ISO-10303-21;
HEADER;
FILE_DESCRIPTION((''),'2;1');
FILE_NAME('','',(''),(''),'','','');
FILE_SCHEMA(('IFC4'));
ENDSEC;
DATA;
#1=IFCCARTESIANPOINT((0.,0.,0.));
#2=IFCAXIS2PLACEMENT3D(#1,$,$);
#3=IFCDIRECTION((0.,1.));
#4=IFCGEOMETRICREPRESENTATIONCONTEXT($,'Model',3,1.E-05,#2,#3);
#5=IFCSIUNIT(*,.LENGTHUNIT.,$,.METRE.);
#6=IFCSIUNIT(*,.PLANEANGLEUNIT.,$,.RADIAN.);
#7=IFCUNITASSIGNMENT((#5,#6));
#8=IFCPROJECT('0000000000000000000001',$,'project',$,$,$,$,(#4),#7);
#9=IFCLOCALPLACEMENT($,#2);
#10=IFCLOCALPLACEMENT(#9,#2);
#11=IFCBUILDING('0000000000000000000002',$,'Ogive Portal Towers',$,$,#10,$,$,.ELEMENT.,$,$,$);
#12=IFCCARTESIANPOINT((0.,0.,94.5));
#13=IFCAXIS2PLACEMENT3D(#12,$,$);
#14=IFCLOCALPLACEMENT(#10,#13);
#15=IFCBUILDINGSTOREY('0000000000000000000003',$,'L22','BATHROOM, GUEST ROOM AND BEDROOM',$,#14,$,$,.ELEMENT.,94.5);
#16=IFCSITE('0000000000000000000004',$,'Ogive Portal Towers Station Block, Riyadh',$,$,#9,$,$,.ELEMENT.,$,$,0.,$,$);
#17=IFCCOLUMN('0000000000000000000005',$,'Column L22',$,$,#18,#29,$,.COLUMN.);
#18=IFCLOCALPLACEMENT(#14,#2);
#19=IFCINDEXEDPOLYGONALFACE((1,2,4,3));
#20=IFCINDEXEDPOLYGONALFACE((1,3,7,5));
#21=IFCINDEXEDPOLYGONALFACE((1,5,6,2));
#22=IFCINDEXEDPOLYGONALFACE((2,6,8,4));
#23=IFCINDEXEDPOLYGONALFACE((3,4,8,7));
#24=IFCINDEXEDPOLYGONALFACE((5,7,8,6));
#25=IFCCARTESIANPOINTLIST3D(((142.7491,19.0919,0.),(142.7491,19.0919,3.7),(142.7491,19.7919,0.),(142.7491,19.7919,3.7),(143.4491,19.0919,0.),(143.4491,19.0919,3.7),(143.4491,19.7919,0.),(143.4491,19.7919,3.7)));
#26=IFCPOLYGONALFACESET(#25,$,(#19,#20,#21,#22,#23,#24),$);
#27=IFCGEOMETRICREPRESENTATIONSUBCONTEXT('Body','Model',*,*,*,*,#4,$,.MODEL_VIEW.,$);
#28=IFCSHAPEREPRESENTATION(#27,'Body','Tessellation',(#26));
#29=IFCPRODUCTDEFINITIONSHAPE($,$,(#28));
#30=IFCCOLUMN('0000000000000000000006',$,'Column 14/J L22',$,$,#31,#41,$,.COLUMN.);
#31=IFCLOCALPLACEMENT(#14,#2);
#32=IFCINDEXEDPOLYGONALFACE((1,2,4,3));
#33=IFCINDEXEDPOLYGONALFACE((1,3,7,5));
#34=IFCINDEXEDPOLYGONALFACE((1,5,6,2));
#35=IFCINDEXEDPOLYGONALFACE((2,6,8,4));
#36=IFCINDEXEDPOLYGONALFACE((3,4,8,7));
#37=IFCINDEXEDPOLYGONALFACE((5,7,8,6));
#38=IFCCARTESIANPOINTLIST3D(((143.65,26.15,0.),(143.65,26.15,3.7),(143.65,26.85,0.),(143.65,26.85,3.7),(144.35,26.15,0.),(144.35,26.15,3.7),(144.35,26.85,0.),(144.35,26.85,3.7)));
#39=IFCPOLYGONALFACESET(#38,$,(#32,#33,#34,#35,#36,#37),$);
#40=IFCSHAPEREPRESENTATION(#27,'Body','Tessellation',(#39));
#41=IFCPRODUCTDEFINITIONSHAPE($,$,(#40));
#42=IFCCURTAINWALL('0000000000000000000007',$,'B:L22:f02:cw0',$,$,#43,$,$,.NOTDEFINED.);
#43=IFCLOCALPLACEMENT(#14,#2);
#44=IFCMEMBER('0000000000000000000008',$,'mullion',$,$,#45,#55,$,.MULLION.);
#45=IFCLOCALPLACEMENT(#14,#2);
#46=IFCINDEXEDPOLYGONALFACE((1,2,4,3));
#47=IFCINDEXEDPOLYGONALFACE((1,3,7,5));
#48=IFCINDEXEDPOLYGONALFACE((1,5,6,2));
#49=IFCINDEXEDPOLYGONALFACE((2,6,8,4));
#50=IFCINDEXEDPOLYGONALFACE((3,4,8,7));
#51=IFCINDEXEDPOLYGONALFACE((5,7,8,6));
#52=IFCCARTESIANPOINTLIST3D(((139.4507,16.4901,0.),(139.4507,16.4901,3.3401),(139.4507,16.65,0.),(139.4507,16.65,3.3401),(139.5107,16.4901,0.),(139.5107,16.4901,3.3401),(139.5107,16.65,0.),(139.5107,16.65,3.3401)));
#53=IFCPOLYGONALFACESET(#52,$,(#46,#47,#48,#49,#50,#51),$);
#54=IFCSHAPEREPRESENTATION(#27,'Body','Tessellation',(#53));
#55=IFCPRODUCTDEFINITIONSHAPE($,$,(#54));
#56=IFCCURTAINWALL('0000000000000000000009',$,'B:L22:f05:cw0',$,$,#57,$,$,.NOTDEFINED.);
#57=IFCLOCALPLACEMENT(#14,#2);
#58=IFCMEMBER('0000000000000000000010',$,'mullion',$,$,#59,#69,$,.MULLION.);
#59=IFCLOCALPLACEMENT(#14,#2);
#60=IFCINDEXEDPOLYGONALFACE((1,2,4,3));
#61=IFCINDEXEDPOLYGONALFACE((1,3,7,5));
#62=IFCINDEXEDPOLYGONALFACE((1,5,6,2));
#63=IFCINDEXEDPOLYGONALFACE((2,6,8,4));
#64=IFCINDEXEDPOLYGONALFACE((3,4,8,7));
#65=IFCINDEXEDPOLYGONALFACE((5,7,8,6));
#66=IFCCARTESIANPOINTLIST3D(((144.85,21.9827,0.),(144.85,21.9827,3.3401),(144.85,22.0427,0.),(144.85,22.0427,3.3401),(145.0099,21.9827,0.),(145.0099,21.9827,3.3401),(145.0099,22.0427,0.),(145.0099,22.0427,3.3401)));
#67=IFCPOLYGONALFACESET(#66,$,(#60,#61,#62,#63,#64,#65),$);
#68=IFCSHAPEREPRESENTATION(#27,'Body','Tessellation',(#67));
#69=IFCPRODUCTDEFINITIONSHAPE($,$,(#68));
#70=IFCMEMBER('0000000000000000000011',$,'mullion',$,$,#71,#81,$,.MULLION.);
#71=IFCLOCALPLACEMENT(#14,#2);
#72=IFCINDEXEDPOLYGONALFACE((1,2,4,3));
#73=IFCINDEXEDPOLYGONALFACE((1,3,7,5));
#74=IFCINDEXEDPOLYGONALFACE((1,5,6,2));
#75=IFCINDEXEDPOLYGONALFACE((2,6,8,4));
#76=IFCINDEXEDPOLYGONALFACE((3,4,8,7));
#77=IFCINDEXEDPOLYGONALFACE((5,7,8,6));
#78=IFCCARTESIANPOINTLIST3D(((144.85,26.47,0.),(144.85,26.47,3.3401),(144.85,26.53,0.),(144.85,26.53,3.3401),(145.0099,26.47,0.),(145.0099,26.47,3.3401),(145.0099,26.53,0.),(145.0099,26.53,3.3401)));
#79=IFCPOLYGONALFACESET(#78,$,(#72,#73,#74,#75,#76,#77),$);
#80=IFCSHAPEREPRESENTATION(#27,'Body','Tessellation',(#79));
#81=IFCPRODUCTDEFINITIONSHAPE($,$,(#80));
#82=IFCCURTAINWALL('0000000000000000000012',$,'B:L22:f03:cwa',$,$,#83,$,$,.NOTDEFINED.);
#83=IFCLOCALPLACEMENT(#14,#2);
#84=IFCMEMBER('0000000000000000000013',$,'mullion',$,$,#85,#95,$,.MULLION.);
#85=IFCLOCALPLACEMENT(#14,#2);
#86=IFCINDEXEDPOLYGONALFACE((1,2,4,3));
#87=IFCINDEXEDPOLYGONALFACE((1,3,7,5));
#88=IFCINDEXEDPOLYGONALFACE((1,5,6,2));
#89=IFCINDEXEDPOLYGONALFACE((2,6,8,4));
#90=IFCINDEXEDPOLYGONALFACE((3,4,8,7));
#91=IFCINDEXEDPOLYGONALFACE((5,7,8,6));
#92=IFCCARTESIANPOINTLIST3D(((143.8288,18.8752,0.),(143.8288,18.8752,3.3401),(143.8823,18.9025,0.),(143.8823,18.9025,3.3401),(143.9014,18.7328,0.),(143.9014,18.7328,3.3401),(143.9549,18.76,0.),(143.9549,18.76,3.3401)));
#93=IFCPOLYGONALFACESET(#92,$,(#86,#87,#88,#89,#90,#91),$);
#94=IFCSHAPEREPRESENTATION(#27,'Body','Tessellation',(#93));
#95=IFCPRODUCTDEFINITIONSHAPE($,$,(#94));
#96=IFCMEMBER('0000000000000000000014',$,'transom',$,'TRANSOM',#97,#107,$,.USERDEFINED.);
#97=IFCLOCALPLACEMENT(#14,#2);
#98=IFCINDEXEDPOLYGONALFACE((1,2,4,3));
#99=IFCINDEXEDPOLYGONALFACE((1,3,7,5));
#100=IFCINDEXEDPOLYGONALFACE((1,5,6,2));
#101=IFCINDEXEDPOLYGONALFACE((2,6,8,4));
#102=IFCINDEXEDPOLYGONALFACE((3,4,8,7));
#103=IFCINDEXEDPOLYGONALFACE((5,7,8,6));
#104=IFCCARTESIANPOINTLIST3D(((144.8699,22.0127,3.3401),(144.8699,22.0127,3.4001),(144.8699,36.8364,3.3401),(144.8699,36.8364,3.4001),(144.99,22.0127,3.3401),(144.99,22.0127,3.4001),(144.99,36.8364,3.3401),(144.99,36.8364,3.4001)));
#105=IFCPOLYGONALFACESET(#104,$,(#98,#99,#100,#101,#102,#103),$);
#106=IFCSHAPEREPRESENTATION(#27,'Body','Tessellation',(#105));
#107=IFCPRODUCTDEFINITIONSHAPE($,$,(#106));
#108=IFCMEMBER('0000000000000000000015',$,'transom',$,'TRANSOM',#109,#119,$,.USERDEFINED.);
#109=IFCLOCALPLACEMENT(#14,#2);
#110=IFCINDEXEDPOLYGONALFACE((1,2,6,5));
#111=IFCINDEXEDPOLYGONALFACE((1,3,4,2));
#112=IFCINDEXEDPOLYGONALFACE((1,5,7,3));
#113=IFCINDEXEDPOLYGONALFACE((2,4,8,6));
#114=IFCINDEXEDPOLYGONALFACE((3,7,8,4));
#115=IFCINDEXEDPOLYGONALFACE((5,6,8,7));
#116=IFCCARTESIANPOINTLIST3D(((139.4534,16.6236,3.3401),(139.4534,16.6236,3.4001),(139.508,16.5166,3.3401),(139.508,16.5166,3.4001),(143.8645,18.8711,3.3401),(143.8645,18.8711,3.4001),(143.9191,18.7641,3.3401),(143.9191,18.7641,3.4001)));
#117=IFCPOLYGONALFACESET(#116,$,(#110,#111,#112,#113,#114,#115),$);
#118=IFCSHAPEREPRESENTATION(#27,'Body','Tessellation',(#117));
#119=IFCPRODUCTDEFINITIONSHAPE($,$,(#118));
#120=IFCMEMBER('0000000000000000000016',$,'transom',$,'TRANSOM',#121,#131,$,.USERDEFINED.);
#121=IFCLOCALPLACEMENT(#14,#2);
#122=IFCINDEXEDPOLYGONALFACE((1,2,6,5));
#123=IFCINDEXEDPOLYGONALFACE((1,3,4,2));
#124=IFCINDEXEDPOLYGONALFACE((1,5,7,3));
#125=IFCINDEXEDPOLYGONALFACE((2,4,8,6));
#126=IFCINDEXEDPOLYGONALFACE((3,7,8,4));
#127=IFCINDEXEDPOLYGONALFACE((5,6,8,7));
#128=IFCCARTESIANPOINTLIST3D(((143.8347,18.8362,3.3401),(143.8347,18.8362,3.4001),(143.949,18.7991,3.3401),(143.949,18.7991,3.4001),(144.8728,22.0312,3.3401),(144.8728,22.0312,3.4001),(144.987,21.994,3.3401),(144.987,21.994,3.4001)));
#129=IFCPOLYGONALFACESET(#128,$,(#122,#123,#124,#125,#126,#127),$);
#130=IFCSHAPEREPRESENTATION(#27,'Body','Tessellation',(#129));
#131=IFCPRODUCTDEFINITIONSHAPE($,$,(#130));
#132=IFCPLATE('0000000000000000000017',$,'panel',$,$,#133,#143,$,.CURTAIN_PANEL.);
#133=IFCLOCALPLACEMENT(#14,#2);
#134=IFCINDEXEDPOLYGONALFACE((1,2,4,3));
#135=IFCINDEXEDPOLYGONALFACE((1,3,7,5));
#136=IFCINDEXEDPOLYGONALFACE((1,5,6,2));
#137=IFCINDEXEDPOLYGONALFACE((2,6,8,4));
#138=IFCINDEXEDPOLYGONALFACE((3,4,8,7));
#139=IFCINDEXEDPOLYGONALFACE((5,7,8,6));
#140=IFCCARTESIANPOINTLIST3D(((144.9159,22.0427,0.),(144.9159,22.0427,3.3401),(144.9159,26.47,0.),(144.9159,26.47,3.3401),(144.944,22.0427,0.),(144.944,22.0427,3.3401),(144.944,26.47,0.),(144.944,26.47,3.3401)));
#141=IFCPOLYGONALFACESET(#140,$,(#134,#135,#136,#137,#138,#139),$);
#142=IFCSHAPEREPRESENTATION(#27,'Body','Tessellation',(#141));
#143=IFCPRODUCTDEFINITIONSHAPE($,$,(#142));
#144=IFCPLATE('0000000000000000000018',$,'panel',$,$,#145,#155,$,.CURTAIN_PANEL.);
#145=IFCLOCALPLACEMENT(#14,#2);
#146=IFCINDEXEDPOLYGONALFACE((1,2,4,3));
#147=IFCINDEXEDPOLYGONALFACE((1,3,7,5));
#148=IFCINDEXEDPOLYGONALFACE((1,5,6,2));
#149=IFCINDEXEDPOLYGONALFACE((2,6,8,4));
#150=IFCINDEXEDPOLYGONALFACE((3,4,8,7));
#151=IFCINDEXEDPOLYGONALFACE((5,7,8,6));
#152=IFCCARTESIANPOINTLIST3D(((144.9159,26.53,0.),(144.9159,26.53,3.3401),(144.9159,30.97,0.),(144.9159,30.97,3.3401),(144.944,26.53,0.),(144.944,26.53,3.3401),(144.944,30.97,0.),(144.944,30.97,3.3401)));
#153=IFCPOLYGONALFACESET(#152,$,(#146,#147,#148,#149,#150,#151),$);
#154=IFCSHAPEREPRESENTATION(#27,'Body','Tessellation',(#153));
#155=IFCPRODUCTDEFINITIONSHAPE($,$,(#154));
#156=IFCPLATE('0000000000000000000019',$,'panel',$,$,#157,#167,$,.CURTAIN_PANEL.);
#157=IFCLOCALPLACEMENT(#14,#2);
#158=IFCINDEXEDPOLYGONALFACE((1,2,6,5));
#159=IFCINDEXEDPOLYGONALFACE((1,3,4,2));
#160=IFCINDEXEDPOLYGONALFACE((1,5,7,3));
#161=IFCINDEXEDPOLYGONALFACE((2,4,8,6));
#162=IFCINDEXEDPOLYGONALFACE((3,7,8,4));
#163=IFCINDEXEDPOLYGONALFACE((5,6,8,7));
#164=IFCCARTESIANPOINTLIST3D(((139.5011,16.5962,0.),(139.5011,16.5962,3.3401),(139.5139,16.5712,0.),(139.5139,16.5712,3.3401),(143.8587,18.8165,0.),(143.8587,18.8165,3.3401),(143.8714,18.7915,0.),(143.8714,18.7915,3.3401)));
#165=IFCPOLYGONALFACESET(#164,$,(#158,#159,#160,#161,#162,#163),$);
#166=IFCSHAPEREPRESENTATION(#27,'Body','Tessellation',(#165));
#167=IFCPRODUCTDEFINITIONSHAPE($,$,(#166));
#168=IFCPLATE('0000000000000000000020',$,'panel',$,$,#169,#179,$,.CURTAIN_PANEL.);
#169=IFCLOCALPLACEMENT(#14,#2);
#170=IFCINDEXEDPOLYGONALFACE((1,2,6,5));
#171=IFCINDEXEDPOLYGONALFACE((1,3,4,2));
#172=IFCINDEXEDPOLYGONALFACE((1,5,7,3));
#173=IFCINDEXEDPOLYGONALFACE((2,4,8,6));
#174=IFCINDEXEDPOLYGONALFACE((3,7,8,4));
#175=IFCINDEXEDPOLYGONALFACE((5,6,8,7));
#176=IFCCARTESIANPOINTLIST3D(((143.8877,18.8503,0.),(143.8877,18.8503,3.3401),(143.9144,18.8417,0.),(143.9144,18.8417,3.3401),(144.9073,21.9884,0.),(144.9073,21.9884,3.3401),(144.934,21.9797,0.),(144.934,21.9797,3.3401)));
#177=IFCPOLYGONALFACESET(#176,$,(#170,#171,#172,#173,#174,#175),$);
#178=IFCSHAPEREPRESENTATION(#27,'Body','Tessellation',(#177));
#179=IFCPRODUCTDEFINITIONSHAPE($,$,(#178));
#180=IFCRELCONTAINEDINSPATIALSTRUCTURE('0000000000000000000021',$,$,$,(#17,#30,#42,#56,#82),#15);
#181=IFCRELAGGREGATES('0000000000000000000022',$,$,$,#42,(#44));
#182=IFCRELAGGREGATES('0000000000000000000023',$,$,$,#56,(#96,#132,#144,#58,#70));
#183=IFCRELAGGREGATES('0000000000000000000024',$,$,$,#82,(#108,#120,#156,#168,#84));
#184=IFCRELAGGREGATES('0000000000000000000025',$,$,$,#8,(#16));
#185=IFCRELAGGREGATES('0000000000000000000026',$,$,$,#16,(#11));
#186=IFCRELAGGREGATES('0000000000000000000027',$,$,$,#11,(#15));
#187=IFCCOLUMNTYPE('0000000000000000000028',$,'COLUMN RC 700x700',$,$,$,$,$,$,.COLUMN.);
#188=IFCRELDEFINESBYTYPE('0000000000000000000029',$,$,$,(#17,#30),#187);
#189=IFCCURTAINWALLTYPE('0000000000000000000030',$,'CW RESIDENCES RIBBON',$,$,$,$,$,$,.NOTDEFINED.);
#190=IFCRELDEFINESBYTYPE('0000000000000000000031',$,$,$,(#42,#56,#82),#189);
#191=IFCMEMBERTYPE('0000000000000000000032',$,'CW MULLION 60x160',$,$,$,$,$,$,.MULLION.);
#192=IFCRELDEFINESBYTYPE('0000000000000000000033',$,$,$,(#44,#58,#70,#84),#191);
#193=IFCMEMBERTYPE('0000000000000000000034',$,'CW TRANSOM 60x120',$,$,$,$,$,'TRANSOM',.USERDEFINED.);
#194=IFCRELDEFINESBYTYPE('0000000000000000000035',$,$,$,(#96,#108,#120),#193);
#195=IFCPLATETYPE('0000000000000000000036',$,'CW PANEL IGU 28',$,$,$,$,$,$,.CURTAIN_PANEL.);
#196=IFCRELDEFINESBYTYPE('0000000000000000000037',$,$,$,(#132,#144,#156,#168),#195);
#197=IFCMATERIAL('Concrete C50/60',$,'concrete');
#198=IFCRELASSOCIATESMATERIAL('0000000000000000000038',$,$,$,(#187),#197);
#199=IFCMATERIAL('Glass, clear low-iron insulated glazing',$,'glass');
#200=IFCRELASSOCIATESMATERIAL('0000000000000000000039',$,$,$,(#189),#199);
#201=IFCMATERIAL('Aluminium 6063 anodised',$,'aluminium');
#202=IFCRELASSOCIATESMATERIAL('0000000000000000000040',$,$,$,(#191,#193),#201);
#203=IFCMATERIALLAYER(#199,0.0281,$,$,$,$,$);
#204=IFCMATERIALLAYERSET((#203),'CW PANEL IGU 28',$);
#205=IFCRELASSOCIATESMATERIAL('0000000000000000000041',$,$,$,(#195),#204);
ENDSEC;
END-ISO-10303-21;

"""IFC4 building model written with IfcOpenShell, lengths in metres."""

from ifc_helpers import new_model, si_unit, direction, frame, origin, origin_2d, place, context, subcontext, project, spatial, rectangle, extrude, material, layer, layer_set, material_profile, profile_set, type_object, element, aggregate, save


model = new_model("IFC4")

# Units and contexts
model_context = context("Model", 3, precision=1e-05, world=origin(), true_north=direction((0.0, 1.0)))
body_context = subcontext(model_context, "Body", "Model", "MODEL_VIEW")
ifc_project = project(units=[si_unit("LENGTHUNIT", "METRE"), si_unit("PLANEANGLEUNIT", "RADIAN")], contexts=[model_context])

# Site, building, storey
site_placement = place(None, origin())
site = spatial("IfcSite", under=ifc_project, at=site_placement, Name="Ogive Portal Towers Station Block, Riyadh", CompositionType="ELEMENT", RefElevation=0.0)
building_placement = place(site_placement, origin())
building = spatial("IfcBuilding", under=site, at=building_placement, Name="Ogive Portal Towers", CompositionType="ELEMENT")
storey_placement = place(building_placement, frame((0.0, 0.0, 94.5)))
storey = spatial("IfcBuildingStorey", under=building, at=storey_placement, Name="L22", Description="BATHROOM, GUEST ROOM AND BEDROOM", CompositionType="ELEMENT", Elevation=94.5)

# Columns
ifc_material_1 = material(Name="Concrete C50/60", Category="concrete")
ifc_material_profile_1 = material_profile(ifc_material_1, rectangle(XDim=0.7, YDim=0.7, at=origin_2d()), Name="RC 700x700")
ifc_profile_set_1 = profile_set([ifc_material_profile_1], Name="Concrete C50/60")
column_type = type_object("IfcColumnType", Name="COLUMN RC 700x700", PredefinedType="COLUMN", material=ifc_profile_set_1)
for number, where, z_axis, x_axis, name in (
    (1, (143.0991, 19.4419, 0.0), (0.0, 0.0, 1.0), (1.0, 0.0, 0.0), "Column L22"),
    (2, (144.0, 26.5, 0.0), (0.0, 0.0, 1.0), (1.0, 0.0, 0.0), "Column 14/J L22"),
):
    element("IfcColumn", number, at=place(storey_placement, frame(where, z_axis=z_axis, x_axis=x_axis)), inside=storey, type_object=column_type, Name=name, PredefinedType="COLUMN", context=body_context, shape_type="SweptSolid", body=[
        extrude(rectangle(XDim=0.7, YDim=0.7, at=origin_2d()), origin(), (0.0, 0.0, 1.0), 3.7),
    ])

# Curtain wall, member
ifc_material_2 = material(Name="Glass, clear low-iron insulated glazing", Category="glass")
curtain_wall_type = type_object("IfcCurtainWallType", Name="CW RESIDENCES RIBBON", PredefinedType="NOTDEFINED", material=ifc_material_2)
curtain_wall_1_placement = place(storey_placement, origin())
curtain_wall_1 = element("IfcCurtainWall", 3, at=curtain_wall_1_placement, inside=storey, type_object=curtain_wall_type, Name="B:L22:f02:cw0", PredefinedType="NOTDEFINED")
ifc_material_3 = material(Name="Aluminium 6063 anodised", Category="aluminium")
ifc_material_profile_2 = material_profile(ifc_material_3, rectangle(XDim=0.1599, YDim=0.0601, at=origin_2d()), Name="AL 60x160")
ifc_profile_set_2 = profile_set([ifc_material_profile_2], Name="Aluminium 6063 anodised")
member_type_1 = type_object("IfcMemberType", Name="CW MULLION 60x160", PredefinedType="MULLION", material=ifc_profile_set_2)
member_1_placement = place(storey_placement, frame((139.4807, 16.5701, 0.0), z_axis=(0.0, 0.0, 1.0), x_axis=(0.0, 1.0, 0.0)))
member_1 = element("IfcMember", 4, at=member_1_placement, type_object=member_type_1, Name="mullion", PredefinedType="MULLION", context=body_context, shape_type="SweptSolid", body=[
    extrude(rectangle(XDim=0.1599, YDim=0.0601, at=origin_2d()), origin(), (0.0, 0.0, 1.0), 3.3401),
])
aggregate(curtain_wall_1, [member_1])

# Curtain wall, members
curtain_wall_2_placement = place(storey_placement, origin())
curtain_wall_2 = element("IfcCurtainWall", 5, at=curtain_wall_2_placement, inside=storey, type_object=curtain_wall_type, Name="B:L22:f05:cw0", PredefinedType="NOTDEFINED")
member_2_placement = place(storey_placement, frame((144.9299, 22.0127, 0.0), z_axis=(0.0, 0.0, 1.0), x_axis=(-1.0, 0.0, 0.0)))
member_2 = element("IfcMember", 6, at=member_2_placement, type_object=member_type_1, Name="mullion", PredefinedType="MULLION", context=body_context, shape_type="SweptSolid", body=[
    extrude(rectangle(XDim=0.1599, YDim=0.0601, at=origin_2d()), origin(), (0.0, 0.0, 1.0), 3.3401),
])
member_3_placement = place(storey_placement, frame((144.9299, 26.5, 0.0), z_axis=(0.0, 0.0, 1.0), x_axis=(-1.0, 0.0, 0.0)))
member_3 = element("IfcMember", 7, at=member_3_placement, type_object=member_type_1, Name="mullion", PredefinedType="MULLION", context=body_context, shape_type="SweptSolid", body=[
    extrude(rectangle(XDim=0.1599, YDim=0.0601, at=origin_2d()), origin(), (0.0, 0.0, 1.0), 3.3401),
])

# Curtain wall, member
curtain_wall_3_placement = place(storey_placement, origin())
curtain_wall_3 = element("IfcCurtainWall", 8, at=curtain_wall_3_placement, inside=storey, type_object=curtain_wall_type, Name="B:L22:f03:cwa", PredefinedType="NOTDEFINED")
member_4_placement = place(storey_placement, frame((143.8918, 18.8176, 0.0), z_axis=(0.0, 0.0, 1.0), x_axis=(-0.45399, 0.891007, 0.0)))
member_4 = element("IfcMember", 9, at=member_4_placement, type_object=member_type_1, Name="mullion", PredefinedType="MULLION", context=body_context, shape_type="SweptSolid", body=[
    extrude(rectangle(XDim=0.1599, YDim=0.0601, at=origin_2d()), origin(), (0.0, 0.0, 1.0), 3.3401),
])

# Members
ifc_material_profile_3 = material_profile(ifc_material_3, rectangle(XDim=0.1201, YDim=0.0601, at=origin_2d()), Name="AL 120x60")
ifc_profile_set_3 = profile_set([ifc_material_profile_3], Name="Aluminium 6063 anodised")
member_type_2 = type_object("IfcMemberType", Name="CW TRANSOM 60x120", ElementType="TRANSOM", PredefinedType="USERDEFINED", material=ifc_profile_set_3)
member_5_placement = place(storey_placement, frame((144.9299, 22.0127, 3.3701), z_axis=(0.0, 1.0, 0.0), x_axis=(-1.0, 0.0, 0.0)))
member_5 = element("IfcMember", 10, at=member_5_placement, type_object=member_type_2, Name="transom", ObjectType="TRANSOM", PredefinedType="USERDEFINED", context=body_context, shape_type="SweptSolid", body=[
    extrude(rectangle(XDim=0.1201, YDim=0.0601, at=origin_2d()), origin(), (0.0, 0.0, 1.0), 14.8237),
])
member_6_placement = place(storey_placement, frame((139.4807, 16.5701, 3.3701), z_axis=(0.891009, 0.453986, 0.0), x_axis=(-0.453986, 0.891009, 0.0)))
member_6 = element("IfcMember", 11, at=member_6_placement, type_object=member_type_2, Name="transom", ObjectType="TRANSOM", PredefinedType="USERDEFINED", context=body_context, shape_type="SweptSolid", body=[
    extrude(rectangle(XDim=0.1201, YDim=0.0601, at=origin_2d()), origin(), (0.0, 0.0, 1.0), 4.9507),
])
member_7_placement = place(storey_placement, frame((143.8918, 18.8176, 3.3701), z_axis=(0.309002, 0.951061, 0.0), x_axis=(-0.951061, 0.309002, 0.0)))
member_7 = element("IfcMember", 12, at=member_7_placement, type_object=member_type_2, Name="transom", ObjectType="TRANSOM", PredefinedType="USERDEFINED", context=body_context, shape_type="SweptSolid", body=[
    extrude(rectangle(XDim=0.1201, YDim=0.0601, at=origin_2d()), origin(), (0.0, 0.0, 1.0), 3.3594),
])

# Plates
ifc_layer_1 = layer(ifc_material_2, 0.0281)
ifc_layer_set_1 = layer_set([ifc_layer_1], Name="CW PANEL IGU 28")
plate_type = type_object("IfcPlateType", Name="CW PANEL IGU 28", PredefinedType="CURTAIN_PANEL", material=ifc_layer_set_1)
plate_1_placement = place(storey_placement, frame((144.9299, 24.2563, 0.0), z_axis=(0.0, 0.0, 1.0), x_axis=(0.0, 1.0, 0.0)))
plate_1 = element("IfcPlate", 13, at=plate_1_placement, type_object=plate_type, Name="panel", PredefinedType="CURTAIN_PANEL", context=body_context, shape_type="SweptSolid", body=[
    extrude(rectangle(XDim=4.4272, YDim=0.0281, at=origin_2d()), origin(), (0.0, 0.0, 1.0), 3.3401),
])
plate_2_placement = place(storey_placement, frame((144.9299, 28.75, 0.0), z_axis=(0.0, 0.0, 1.0), x_axis=(0.0, 1.0, 0.0)))
plate_2 = element("IfcPlate", 14, at=plate_2_placement, type_object=plate_type, Name="panel", PredefinedType="CURTAIN_PANEL", context=body_context, shape_type="SweptSolid", body=[
    extrude(rectangle(XDim=4.4399, YDim=0.0281, at=origin_2d()), origin(), (0.0, 0.0, 1.0), 3.3401),
])
aggregate(curtain_wall_2, [member_5, plate_1, plate_2, member_2, member_3])
plate_3_placement = place(storey_placement, frame((141.6863, 17.6938, 0.0), z_axis=(0.0, 0.0, 1.0), x_axis=(0.891007, 0.45399, 0.0)))
plate_3 = element("IfcPlate", 15, at=plate_3_placement, type_object=plate_type, Name="panel", PredefinedType="CURTAIN_PANEL", context=body_context, shape_type="SweptSolid", body=[
    extrude(rectangle(XDim=4.8906, YDim=0.0281, at=origin_2d()), origin(), (0.0, 0.0, 1.0), 3.3401),
])
plate_4_placement = place(storey_placement, frame((144.4109, 20.415, 0.0), z_axis=(0.0, 0.0, 1.0), x_axis=(0.309017, 0.951057, 0.0)))
plate_4 = element("IfcPlate", 16, at=plate_4_placement, type_object=plate_type, Name="panel", PredefinedType="CURTAIN_PANEL", context=body_context, shape_type="SweptSolid", body=[
    extrude(rectangle(XDim=3.2996, YDim=0.0281, at=origin_2d()), origin(), (0.0, 0.0, 1.0), 3.3401),
])
aggregate(curtain_wall_3, [member_6, member_7, plate_3, plate_4, member_4])

save(model, "model.ifc")
